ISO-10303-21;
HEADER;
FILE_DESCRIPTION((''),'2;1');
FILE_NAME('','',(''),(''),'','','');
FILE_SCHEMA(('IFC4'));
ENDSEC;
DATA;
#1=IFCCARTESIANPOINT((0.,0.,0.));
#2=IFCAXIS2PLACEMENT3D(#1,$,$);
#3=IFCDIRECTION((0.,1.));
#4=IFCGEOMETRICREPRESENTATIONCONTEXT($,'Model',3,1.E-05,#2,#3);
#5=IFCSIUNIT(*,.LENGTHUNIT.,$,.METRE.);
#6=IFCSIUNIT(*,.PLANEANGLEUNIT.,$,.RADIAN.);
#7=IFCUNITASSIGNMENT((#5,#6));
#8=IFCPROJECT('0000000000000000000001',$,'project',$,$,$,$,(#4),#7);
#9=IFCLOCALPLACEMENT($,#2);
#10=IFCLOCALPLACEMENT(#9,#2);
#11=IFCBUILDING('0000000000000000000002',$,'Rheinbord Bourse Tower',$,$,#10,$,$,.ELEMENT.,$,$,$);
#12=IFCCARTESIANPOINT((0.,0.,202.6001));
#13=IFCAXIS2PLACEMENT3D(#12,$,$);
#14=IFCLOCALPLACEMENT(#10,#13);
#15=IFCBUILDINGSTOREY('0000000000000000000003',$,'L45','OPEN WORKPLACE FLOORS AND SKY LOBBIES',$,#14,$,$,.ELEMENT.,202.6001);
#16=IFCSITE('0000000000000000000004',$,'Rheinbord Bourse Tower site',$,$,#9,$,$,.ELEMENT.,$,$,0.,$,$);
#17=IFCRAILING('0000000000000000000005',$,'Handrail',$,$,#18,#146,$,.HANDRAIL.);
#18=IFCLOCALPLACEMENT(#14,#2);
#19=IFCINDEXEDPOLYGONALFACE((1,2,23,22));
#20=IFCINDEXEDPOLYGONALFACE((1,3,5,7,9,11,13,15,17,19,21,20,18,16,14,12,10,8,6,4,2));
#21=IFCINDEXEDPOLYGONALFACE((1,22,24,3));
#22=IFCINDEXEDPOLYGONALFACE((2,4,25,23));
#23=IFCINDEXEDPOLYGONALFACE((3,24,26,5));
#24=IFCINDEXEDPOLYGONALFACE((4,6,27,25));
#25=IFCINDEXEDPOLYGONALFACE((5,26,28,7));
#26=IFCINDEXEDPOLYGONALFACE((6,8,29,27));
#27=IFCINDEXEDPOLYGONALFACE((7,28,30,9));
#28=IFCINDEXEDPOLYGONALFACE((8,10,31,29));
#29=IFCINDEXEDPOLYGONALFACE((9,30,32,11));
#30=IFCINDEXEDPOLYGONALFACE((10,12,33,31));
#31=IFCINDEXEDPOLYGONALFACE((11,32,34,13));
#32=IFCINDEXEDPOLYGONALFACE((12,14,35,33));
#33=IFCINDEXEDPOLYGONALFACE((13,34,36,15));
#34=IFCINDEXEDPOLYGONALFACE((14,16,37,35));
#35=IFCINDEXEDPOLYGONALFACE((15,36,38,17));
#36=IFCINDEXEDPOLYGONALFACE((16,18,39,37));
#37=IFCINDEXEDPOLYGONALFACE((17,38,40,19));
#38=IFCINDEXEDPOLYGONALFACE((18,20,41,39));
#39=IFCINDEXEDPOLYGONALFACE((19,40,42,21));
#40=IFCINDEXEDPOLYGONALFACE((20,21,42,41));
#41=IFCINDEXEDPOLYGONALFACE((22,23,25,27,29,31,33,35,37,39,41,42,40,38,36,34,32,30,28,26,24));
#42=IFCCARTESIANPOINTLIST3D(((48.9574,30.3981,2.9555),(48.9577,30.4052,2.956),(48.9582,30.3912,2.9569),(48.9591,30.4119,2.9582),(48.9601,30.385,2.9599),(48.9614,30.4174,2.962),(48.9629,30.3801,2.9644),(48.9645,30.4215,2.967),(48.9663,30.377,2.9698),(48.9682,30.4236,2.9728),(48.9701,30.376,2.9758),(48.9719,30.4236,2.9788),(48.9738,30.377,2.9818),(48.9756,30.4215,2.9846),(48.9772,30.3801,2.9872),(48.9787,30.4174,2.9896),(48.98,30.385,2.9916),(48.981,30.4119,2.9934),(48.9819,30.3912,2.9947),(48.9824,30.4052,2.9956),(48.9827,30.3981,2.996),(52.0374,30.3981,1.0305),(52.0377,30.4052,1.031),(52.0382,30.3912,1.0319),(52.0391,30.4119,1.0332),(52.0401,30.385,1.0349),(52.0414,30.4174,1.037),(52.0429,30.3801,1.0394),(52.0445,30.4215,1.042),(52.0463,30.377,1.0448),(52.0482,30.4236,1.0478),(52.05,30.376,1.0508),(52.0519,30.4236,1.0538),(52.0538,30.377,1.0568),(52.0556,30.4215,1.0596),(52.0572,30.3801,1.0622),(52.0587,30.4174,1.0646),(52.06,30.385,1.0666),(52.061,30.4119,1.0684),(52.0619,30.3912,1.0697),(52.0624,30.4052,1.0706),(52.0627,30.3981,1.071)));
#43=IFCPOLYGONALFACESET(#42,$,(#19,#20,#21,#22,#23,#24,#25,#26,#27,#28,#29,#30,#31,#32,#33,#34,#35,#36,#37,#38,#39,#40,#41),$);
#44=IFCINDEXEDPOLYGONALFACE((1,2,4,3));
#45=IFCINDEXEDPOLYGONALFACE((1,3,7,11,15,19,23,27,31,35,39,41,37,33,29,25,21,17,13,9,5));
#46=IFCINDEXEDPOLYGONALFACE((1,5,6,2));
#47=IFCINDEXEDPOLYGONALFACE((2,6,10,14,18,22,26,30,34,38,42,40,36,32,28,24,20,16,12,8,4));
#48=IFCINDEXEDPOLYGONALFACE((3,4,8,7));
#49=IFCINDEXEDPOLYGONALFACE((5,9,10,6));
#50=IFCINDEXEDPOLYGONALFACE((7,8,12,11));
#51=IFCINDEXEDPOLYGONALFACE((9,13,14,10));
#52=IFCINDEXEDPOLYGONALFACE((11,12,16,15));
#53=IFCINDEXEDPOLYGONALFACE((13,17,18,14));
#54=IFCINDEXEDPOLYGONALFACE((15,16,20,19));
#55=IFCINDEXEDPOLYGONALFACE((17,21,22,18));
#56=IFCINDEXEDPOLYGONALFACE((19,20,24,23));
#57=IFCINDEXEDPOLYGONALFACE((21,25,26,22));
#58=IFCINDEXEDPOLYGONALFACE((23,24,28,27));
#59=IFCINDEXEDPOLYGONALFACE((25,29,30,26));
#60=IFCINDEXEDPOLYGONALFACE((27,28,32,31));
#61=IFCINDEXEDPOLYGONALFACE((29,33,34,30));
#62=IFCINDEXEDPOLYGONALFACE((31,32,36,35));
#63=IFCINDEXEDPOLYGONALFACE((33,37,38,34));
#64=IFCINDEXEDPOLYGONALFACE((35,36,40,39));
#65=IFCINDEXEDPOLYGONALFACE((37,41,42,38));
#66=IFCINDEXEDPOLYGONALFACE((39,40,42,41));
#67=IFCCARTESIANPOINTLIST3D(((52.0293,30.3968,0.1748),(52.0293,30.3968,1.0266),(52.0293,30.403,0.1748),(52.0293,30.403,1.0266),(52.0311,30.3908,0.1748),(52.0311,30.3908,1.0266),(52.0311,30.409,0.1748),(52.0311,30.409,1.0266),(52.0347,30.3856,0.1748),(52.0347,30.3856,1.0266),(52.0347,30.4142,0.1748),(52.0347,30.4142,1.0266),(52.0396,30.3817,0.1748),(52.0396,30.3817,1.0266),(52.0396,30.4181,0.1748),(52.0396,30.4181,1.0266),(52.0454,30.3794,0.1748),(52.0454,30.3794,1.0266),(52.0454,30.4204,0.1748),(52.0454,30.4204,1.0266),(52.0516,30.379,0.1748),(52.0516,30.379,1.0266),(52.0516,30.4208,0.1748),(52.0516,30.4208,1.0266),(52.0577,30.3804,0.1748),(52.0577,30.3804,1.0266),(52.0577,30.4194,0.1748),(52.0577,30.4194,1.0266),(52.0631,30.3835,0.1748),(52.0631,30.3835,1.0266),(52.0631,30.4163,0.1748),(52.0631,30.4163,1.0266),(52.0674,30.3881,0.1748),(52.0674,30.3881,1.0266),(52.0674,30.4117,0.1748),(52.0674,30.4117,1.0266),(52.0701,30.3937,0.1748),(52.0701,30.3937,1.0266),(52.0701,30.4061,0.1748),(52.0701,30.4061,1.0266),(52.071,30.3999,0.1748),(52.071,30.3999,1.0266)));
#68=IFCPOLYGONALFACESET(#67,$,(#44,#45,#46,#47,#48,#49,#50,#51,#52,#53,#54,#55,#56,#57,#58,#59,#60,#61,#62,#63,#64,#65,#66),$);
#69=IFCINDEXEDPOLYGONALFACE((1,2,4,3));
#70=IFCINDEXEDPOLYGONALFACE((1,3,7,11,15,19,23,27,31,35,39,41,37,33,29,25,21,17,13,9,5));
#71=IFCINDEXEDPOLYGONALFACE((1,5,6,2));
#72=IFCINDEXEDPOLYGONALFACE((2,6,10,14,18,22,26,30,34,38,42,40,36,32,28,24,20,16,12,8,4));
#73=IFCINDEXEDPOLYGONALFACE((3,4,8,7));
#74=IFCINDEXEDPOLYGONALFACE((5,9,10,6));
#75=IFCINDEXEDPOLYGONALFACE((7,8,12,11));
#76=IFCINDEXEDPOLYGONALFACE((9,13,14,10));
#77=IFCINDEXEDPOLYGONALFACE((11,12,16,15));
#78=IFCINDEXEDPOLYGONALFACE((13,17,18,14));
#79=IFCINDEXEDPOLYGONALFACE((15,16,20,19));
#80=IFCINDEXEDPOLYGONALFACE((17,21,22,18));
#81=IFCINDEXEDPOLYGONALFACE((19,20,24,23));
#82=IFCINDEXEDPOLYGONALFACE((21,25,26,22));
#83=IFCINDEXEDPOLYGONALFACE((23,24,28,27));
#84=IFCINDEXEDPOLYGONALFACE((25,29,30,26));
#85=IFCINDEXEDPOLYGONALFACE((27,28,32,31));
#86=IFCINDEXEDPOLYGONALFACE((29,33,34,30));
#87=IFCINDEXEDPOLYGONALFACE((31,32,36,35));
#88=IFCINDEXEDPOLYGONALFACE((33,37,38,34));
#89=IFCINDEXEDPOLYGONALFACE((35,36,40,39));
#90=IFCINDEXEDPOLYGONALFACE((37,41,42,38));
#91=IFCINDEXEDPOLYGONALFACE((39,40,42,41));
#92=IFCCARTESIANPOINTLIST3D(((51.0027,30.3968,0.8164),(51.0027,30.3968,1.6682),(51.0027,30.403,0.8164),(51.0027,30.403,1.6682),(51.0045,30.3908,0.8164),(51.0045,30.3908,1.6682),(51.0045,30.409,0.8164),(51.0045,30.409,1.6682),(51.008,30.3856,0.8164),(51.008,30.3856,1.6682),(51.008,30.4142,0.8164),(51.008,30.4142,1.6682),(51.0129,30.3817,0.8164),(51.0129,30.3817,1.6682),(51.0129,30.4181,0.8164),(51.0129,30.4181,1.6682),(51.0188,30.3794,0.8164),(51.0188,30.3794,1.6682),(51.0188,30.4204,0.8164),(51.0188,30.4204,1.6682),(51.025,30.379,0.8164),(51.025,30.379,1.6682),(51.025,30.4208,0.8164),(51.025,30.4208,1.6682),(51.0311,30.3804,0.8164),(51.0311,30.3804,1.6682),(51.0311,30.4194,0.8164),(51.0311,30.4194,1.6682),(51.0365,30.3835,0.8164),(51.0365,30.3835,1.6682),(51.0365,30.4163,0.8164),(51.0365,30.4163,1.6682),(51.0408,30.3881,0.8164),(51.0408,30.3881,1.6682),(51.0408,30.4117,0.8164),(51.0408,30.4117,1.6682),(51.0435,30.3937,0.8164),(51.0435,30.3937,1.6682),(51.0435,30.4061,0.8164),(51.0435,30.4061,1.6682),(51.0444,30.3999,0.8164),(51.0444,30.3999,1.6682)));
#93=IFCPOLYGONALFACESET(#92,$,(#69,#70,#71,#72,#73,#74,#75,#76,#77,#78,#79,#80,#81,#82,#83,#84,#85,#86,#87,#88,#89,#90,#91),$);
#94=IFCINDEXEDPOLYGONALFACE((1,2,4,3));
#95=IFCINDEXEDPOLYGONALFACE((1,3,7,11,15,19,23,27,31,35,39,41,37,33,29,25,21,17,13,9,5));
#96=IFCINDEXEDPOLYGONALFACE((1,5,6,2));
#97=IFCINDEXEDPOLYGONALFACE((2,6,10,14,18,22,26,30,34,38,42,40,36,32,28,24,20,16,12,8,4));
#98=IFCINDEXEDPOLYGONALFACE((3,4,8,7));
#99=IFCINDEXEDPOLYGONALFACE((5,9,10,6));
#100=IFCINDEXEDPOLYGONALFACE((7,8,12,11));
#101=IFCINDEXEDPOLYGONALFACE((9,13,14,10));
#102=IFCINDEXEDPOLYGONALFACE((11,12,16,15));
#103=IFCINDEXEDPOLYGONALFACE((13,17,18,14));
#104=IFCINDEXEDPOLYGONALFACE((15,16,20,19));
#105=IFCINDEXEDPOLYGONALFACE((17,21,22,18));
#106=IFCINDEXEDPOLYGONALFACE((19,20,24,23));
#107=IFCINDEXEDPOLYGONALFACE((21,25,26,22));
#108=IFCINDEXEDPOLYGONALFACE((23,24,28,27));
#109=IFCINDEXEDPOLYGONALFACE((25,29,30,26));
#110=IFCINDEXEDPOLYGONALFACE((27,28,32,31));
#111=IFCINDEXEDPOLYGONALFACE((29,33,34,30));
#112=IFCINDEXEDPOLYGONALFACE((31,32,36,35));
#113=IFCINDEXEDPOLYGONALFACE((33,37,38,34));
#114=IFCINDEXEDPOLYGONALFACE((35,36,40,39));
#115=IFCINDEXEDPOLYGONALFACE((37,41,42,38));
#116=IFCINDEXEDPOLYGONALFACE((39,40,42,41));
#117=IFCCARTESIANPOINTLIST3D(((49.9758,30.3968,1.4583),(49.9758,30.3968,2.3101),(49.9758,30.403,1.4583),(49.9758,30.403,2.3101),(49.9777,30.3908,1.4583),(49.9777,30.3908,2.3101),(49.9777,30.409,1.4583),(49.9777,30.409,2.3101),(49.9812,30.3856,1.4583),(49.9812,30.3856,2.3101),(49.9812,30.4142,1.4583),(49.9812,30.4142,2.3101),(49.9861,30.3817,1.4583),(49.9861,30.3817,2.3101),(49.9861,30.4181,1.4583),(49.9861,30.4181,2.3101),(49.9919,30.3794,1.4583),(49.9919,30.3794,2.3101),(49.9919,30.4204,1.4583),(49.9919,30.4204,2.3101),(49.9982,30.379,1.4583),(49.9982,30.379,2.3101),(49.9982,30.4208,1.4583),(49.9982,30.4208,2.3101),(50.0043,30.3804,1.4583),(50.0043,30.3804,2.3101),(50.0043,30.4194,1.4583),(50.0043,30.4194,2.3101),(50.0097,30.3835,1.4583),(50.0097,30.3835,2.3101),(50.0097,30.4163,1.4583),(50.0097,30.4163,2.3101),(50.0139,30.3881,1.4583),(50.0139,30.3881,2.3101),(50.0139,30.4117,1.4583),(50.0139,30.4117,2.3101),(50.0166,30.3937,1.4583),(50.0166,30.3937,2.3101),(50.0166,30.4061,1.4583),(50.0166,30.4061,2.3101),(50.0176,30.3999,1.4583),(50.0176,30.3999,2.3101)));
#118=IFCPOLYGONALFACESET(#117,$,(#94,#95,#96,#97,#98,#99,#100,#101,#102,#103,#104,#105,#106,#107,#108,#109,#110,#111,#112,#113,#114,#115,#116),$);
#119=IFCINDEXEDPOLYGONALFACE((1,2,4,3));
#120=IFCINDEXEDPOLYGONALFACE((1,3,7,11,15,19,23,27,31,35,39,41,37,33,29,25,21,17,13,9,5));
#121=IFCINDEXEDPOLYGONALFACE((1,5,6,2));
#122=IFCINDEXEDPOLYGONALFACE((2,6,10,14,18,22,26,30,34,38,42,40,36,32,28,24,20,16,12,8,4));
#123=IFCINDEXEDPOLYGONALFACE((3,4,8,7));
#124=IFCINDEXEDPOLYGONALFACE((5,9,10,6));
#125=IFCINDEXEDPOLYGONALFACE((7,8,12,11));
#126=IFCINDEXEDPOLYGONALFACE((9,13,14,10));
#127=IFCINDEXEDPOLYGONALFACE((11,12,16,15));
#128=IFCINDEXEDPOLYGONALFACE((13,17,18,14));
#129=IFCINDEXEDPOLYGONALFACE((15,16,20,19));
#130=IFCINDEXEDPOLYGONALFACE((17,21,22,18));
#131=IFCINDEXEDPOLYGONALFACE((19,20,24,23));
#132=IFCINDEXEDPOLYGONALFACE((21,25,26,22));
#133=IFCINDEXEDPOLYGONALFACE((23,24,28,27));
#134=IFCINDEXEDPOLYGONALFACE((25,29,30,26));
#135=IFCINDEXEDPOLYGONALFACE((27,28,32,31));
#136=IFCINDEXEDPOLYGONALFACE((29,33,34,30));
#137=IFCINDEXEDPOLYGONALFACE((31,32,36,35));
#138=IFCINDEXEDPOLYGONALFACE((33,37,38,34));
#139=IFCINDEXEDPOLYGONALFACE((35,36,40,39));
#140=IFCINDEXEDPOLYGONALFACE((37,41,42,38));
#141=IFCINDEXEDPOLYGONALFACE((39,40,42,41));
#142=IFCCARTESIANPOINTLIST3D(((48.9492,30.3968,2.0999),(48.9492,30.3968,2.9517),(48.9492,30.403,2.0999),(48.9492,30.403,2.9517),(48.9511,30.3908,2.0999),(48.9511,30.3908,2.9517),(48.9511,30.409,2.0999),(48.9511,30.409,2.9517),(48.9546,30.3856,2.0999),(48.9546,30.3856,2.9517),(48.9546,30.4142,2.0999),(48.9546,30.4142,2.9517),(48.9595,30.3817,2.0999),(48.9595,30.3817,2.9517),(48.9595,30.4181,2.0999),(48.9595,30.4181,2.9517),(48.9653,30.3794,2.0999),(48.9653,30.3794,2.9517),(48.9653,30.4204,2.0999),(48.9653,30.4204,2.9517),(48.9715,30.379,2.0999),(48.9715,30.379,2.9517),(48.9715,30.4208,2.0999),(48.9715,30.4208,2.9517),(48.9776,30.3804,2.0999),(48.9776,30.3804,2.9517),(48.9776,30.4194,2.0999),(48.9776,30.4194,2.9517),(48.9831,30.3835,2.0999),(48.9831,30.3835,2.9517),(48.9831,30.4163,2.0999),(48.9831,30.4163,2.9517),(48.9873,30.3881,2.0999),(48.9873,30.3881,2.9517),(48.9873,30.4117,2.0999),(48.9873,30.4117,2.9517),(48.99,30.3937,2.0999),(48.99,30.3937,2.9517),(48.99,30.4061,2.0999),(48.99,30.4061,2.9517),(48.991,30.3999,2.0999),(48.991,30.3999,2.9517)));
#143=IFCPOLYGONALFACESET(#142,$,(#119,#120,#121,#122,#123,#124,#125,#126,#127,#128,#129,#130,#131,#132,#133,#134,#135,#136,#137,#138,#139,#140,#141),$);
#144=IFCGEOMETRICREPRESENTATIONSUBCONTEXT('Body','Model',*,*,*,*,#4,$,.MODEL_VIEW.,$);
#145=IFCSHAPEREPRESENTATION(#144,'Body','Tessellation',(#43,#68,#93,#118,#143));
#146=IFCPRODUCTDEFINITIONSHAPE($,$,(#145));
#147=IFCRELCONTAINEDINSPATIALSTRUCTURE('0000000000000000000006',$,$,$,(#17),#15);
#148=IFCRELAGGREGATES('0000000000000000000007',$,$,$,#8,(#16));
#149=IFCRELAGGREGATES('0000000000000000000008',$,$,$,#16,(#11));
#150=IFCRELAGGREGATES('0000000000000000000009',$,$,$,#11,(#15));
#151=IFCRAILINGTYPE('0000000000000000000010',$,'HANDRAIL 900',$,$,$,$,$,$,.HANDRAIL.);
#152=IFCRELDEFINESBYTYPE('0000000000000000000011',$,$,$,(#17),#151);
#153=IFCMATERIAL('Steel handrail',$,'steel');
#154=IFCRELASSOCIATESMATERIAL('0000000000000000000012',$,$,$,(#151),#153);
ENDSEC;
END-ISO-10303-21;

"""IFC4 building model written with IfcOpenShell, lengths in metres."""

from ifc_helpers import new_model, si_unit, direction, frame, origin, origin_2d, place, context, subcontext, project, spatial, circle, extrude, material, type_object, element, save


model = new_model("IFC4")

# Units and contexts
model_context = context("Model", 3, precision=1e-05, world=origin(), true_north=direction((0.0, 1.0)))
body_context = subcontext(model_context, "Body", "Model", "MODEL_VIEW")
ifc_project = project(units=[si_unit("LENGTHUNIT", "METRE"), si_unit("PLANEANGLEUNIT", "RADIAN")], contexts=[model_context])

# Site, building, storey
site_placement = place(None, origin())
site = spatial("IfcSite", under=ifc_project, at=site_placement, Name="Rheinbord Bourse Tower site", CompositionType="ELEMENT", RefElevation=0.0)
building_placement = place(site_placement, origin())
building = spatial("IfcBuilding", under=site, at=building_placement, Name="Rheinbord Bourse Tower", CompositionType="ELEMENT")
storey_placement = place(building_placement, frame((0.0, 0.0, 202.6001)))
storey = spatial("IfcBuildingStorey", under=building, at=storey_placement, Name="L45", Description="OPEN WORKPLACE FLOORS AND SKY LOBBIES", CompositionType="ELEMENT", Elevation=202.6001)

# Railing
ifc_material_1 = material(Name="Steel handrail", Category="steel")
railing_type = type_object("IfcRailingType", Name="HANDRAIL 900", PredefinedType="HANDRAIL", material=ifc_material_1)
railing_1_placement = place(storey_placement, frame((52.05, 30.3999, 0.1748)))
element("IfcRailing", 1, at=railing_1_placement, inside=storey, type_object=railing_type, Name="Handrail", PredefinedType="HANDRAIL", context=body_context, shape_type="SweptSolid", body=[
    extrude(circle(Radius=0.0239, at=origin_2d()), frame((0.0, 0.0, 0.876), z_axis=(-0.847998, 0.0, 0.529999), x_axis=(0.0, -1.0, 0.0)), (0.0, 0.0, 1.0), 3.6321),
    extrude(circle(Radius=0.021, at=origin_2d()), origin(), (0.0, 0.0, 1.0), 0.8518),
    extrude(circle(Radius=0.021, at=origin_2d()), frame((-1.0266, 0.0, 0.6416)), (0.0, 0.0, 1.0), 0.8518),
    extrude(circle(Radius=0.021, at=origin_2d()), frame((-2.0535, 0.0, 1.2834)), (0.0, 0.0, 1.0), 0.8518),
    extrude(circle(Radius=0.021, at=origin_2d()), frame((-3.0801, 0.0, 1.925)), (0.0, 0.0, 1.0), 0.8518),
])

save(model, "model.ifc")
